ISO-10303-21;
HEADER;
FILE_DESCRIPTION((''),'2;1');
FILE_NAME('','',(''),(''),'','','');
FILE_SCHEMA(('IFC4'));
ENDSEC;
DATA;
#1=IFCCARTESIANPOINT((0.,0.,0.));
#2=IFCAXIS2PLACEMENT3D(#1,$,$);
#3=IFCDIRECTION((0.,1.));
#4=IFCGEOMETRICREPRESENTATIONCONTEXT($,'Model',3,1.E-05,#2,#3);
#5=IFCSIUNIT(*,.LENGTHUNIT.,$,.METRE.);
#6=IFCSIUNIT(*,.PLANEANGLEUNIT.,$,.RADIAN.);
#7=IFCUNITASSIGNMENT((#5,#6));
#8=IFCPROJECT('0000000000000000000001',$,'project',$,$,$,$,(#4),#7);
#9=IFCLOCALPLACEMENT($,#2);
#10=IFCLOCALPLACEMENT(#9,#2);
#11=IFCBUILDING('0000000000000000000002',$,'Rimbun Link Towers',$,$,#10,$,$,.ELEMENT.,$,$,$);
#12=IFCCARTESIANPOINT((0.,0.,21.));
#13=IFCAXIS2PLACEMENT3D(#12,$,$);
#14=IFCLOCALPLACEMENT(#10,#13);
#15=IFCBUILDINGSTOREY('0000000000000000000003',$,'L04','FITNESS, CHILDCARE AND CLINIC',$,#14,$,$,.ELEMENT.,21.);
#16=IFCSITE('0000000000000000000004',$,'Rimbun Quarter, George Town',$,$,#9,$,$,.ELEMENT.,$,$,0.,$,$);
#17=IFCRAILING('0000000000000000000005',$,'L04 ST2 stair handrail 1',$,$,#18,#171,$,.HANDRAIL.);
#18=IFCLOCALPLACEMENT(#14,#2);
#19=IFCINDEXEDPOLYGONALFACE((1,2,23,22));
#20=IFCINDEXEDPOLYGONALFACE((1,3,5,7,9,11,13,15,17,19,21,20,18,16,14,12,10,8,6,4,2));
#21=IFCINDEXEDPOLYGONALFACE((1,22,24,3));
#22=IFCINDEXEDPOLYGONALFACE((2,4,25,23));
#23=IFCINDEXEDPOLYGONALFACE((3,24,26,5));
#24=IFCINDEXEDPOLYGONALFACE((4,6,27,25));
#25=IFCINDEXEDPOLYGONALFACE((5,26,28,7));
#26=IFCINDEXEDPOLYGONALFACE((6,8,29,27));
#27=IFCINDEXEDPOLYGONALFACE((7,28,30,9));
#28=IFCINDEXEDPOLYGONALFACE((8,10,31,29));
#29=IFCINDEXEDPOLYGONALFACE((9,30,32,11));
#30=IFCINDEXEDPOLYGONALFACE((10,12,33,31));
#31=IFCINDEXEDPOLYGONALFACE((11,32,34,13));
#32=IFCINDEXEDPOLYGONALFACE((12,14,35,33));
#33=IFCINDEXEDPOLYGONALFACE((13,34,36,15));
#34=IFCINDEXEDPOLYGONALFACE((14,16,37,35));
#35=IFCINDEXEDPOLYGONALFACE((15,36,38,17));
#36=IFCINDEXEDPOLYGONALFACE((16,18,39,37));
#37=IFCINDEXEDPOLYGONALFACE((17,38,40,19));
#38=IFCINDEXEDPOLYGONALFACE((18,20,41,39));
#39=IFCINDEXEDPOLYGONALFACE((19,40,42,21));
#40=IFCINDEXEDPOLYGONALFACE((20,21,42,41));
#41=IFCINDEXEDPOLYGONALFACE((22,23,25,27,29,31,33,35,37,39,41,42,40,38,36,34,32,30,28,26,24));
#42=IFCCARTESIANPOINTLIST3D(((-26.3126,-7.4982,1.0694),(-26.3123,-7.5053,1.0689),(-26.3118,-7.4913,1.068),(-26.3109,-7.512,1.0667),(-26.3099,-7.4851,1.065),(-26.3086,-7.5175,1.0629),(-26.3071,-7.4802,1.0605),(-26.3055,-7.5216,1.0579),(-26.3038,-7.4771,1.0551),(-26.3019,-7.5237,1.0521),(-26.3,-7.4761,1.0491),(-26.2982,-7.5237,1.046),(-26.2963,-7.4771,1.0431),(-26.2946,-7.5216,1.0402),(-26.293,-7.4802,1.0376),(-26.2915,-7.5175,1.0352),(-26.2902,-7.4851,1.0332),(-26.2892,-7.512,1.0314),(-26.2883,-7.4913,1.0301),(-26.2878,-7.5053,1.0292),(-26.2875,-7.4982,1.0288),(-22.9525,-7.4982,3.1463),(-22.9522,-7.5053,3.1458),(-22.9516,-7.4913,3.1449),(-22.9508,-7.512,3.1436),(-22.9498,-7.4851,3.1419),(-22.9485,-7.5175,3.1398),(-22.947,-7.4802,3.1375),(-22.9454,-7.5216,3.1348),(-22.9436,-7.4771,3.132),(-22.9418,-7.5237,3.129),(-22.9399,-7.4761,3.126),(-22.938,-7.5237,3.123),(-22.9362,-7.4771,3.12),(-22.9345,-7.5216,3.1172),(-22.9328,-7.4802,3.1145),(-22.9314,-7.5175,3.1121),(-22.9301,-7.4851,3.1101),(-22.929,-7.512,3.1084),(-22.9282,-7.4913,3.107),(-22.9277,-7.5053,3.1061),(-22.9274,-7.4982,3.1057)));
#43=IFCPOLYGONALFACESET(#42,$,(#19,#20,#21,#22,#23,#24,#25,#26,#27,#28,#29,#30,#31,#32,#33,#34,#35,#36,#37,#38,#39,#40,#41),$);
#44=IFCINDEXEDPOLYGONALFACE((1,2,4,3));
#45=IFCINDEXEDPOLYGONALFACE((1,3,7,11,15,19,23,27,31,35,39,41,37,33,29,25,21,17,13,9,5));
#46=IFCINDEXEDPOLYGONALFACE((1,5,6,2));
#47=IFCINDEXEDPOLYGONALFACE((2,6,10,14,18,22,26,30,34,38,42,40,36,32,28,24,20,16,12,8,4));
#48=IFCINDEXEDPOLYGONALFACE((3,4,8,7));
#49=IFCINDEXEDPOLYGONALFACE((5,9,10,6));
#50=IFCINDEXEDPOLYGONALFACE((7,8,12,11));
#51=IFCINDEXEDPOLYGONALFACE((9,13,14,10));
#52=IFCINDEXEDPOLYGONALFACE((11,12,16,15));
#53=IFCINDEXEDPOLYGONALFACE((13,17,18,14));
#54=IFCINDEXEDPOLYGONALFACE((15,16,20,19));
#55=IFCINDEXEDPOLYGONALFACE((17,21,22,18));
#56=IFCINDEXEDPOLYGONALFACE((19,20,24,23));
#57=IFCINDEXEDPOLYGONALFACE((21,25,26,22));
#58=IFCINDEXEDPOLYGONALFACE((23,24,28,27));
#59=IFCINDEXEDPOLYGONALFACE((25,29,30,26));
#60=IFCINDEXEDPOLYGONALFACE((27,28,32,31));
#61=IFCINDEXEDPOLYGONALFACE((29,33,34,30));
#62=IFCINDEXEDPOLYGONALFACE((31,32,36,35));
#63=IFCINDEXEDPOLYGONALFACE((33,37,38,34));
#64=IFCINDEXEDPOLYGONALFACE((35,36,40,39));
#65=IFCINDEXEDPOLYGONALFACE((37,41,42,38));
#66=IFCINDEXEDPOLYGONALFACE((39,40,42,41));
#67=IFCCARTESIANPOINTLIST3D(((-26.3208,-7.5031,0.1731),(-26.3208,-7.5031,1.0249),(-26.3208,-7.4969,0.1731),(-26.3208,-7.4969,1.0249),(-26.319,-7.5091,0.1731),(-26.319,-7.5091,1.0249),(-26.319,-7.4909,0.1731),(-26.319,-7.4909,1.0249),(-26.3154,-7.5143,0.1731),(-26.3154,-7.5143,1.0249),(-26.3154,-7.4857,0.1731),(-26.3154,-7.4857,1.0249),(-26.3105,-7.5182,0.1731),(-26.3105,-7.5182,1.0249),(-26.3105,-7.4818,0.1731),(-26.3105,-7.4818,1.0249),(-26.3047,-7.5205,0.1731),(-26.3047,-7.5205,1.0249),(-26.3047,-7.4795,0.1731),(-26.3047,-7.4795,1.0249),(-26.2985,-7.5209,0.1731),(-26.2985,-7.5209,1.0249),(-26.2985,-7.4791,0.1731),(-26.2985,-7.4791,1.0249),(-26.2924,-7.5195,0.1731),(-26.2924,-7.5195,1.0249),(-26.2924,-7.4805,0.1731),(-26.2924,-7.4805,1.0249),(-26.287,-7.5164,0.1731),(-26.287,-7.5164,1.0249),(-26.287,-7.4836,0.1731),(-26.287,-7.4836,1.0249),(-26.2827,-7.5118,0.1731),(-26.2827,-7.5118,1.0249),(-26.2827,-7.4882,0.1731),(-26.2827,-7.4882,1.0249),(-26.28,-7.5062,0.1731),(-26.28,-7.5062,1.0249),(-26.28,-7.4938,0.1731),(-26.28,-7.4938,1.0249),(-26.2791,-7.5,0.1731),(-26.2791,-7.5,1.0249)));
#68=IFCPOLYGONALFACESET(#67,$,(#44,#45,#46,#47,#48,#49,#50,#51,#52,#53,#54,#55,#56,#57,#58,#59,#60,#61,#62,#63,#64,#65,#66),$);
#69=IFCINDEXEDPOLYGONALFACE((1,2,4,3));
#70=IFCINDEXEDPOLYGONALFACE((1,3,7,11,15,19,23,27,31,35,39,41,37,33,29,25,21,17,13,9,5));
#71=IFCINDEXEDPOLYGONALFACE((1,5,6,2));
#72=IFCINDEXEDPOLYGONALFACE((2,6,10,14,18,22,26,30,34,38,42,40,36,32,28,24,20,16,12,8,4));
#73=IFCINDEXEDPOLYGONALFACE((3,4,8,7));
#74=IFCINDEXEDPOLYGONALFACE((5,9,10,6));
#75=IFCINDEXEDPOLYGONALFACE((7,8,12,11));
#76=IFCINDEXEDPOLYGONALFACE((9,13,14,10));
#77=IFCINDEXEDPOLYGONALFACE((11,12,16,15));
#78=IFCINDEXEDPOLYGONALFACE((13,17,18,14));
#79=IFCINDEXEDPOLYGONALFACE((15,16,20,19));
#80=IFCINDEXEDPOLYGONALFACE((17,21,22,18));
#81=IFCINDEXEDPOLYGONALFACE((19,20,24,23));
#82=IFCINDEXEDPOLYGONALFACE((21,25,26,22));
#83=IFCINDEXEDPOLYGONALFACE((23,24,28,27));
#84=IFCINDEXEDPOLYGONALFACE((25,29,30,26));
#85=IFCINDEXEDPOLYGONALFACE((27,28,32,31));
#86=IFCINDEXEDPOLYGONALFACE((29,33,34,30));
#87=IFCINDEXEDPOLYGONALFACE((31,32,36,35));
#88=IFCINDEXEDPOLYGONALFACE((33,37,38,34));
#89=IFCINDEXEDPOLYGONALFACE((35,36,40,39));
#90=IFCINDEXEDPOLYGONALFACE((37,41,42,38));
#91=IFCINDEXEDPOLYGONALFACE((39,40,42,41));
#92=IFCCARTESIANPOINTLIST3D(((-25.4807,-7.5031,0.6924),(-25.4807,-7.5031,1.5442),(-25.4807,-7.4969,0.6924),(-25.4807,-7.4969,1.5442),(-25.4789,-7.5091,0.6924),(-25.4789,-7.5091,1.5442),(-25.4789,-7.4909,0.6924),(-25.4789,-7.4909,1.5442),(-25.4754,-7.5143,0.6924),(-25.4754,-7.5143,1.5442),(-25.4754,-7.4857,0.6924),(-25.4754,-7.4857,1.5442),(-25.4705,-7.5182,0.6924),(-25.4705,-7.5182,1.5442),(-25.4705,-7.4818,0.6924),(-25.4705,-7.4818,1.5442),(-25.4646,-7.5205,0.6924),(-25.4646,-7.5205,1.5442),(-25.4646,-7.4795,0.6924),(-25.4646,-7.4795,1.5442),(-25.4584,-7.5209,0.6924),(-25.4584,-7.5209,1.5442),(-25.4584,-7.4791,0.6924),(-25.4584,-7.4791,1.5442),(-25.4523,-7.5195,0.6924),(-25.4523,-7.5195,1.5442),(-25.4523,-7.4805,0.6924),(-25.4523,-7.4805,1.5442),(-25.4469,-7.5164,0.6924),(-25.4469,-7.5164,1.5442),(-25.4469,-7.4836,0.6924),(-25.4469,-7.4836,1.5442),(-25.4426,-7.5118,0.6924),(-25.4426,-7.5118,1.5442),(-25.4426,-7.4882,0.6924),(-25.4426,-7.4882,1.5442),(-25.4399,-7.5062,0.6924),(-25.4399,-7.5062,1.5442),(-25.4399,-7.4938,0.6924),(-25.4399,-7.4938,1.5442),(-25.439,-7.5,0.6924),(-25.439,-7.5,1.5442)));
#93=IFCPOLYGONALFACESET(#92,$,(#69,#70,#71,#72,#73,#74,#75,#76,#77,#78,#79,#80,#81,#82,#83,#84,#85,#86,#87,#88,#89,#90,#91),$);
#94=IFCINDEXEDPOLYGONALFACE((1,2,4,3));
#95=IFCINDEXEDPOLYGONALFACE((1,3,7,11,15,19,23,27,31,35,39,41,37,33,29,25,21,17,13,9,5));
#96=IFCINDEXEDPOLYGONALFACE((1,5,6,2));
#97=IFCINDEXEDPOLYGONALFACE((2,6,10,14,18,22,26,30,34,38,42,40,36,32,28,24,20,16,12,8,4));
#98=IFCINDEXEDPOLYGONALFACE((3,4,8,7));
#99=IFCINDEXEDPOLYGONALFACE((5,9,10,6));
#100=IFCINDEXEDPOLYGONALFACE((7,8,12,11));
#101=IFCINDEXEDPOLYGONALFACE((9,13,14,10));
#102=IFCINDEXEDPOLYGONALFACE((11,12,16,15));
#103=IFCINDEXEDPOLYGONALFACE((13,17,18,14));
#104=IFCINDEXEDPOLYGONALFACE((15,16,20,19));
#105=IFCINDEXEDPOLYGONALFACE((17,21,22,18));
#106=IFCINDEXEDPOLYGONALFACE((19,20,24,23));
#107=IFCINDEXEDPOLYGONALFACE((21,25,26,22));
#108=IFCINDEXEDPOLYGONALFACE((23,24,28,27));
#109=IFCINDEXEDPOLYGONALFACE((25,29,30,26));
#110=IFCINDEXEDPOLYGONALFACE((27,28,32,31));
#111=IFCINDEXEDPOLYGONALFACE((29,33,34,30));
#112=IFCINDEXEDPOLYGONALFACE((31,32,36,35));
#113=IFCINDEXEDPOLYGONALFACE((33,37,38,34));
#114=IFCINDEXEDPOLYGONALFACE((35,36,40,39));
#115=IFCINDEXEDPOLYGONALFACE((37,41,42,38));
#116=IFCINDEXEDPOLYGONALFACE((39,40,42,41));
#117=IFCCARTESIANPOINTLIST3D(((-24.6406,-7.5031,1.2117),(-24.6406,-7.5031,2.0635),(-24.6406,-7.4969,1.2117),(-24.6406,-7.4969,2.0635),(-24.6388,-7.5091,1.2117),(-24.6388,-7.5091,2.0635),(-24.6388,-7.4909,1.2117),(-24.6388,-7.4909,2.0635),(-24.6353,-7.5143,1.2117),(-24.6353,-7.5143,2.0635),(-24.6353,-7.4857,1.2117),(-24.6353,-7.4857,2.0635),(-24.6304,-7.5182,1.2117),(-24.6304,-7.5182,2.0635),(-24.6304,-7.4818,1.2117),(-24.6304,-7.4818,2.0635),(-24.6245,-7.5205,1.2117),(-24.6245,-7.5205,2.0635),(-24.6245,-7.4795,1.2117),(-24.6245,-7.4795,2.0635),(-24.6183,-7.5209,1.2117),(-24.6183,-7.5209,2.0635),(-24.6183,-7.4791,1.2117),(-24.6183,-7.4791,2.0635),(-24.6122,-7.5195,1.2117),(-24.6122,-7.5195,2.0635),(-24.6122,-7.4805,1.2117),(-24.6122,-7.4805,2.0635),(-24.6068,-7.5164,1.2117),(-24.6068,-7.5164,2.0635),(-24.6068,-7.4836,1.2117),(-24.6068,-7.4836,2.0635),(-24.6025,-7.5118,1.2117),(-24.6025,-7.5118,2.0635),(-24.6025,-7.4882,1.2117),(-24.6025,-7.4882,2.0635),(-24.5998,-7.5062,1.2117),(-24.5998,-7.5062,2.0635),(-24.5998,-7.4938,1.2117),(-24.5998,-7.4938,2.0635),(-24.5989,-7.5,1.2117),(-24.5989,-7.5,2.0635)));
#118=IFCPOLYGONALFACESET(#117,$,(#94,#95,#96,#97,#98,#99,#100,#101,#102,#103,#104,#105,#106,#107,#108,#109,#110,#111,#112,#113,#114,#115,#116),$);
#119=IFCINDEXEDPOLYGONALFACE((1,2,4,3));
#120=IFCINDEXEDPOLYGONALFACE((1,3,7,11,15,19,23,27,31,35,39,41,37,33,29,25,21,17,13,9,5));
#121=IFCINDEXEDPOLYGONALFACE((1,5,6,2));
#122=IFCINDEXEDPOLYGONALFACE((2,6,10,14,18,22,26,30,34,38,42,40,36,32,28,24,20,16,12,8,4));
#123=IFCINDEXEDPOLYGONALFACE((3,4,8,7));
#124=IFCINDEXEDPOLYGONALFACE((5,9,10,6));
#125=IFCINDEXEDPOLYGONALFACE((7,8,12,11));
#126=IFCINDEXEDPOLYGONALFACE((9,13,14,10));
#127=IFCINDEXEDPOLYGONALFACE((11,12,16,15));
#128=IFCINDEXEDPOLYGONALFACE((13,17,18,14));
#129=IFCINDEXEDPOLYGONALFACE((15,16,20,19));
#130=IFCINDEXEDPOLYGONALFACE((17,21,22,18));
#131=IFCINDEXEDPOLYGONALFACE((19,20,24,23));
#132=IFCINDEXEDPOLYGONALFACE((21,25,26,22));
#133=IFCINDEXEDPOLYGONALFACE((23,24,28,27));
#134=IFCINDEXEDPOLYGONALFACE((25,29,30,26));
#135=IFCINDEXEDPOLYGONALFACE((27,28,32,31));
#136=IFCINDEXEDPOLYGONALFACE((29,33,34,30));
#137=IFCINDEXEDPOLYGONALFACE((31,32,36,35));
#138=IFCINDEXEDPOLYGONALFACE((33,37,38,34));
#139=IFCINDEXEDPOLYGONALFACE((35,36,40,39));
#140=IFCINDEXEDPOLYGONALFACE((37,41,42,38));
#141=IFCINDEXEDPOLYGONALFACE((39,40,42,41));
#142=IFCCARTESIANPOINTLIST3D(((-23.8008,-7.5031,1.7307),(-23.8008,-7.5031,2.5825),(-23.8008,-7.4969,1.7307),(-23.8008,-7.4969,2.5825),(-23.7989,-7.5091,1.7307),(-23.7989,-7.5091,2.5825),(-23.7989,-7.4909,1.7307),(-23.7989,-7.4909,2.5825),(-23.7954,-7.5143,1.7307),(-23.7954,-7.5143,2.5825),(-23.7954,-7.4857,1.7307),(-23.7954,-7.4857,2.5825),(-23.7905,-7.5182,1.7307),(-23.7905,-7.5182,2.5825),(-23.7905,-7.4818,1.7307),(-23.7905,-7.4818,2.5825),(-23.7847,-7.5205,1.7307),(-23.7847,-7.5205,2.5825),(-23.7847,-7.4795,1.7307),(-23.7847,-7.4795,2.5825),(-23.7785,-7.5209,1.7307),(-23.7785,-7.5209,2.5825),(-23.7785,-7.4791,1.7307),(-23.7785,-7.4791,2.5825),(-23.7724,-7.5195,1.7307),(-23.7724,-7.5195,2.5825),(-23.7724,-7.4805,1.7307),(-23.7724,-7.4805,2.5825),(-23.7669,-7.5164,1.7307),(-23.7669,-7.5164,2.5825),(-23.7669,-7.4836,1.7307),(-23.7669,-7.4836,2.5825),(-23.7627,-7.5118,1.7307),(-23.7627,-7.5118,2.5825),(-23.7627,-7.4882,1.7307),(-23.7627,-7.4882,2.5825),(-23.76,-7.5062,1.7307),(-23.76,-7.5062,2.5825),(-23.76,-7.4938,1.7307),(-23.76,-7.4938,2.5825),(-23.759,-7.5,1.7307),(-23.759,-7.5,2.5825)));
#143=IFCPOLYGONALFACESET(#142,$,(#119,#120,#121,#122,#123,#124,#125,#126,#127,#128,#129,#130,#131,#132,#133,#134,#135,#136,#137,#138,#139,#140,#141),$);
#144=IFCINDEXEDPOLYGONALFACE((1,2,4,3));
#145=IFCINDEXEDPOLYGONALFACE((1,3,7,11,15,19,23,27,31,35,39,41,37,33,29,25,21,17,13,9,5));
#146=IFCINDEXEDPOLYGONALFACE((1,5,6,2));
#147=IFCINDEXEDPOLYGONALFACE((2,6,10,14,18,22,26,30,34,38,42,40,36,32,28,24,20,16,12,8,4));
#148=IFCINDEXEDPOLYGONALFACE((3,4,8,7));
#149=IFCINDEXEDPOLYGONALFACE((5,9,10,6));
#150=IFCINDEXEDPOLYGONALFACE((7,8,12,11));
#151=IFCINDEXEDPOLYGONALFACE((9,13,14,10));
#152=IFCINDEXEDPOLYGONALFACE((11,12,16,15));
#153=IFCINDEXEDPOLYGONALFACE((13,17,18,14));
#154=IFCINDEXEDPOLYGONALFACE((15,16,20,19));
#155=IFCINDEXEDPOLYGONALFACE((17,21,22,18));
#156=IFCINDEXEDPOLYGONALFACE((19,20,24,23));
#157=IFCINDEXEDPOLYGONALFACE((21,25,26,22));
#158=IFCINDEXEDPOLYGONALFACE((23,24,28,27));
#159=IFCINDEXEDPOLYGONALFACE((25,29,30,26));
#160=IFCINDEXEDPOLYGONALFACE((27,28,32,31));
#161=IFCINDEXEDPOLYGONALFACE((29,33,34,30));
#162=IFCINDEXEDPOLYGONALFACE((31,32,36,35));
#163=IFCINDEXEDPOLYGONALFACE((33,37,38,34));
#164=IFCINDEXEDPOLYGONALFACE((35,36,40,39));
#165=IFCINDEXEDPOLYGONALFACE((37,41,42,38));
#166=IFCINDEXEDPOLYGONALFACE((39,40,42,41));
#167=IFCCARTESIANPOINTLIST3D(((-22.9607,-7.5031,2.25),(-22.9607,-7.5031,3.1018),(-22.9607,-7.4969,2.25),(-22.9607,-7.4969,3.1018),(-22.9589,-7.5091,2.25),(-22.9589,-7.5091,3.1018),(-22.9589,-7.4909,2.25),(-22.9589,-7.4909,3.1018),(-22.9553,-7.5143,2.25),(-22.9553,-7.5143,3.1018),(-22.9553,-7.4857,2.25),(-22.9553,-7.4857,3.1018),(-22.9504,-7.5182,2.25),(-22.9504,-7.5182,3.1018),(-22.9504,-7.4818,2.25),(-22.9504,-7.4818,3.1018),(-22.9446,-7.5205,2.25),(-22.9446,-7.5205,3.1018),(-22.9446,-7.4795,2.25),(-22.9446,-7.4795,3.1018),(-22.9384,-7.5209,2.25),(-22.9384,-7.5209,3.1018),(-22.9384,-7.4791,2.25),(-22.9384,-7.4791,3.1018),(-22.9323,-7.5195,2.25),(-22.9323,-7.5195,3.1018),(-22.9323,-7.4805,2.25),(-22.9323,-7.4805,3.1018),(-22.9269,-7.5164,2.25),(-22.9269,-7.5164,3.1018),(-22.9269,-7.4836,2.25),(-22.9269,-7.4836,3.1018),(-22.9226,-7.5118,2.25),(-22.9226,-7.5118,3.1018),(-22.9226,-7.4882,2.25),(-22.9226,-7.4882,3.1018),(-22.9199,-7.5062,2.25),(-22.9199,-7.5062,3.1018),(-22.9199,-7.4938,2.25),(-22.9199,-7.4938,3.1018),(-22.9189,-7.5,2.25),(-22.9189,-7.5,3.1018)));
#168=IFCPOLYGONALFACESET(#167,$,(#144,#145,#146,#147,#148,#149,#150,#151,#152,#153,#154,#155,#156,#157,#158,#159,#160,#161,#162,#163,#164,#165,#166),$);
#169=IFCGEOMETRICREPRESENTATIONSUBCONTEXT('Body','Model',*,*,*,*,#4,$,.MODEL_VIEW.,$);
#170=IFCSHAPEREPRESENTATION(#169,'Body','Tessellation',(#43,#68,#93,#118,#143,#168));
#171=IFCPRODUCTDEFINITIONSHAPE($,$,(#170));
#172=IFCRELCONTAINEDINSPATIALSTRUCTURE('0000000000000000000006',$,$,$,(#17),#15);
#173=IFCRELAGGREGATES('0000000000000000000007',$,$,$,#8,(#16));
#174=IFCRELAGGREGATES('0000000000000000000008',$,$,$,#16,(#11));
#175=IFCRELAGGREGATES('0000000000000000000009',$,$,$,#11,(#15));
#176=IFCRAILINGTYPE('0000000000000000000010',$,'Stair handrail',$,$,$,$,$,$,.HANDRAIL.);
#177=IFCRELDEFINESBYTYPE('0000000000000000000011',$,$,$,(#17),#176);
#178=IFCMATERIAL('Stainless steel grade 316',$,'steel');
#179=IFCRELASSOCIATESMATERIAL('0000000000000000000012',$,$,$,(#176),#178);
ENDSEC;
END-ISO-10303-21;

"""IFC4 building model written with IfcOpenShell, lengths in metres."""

from ifc_helpers import new_model, si_unit, direction, frame, origin, origin_2d, place, context, subcontext, project, spatial, circle, extrude, material, type_object, element, save


model = new_model("IFC4")

# Units and contexts
model_context = context("Model", 3, precision=1e-05, world=origin(), true_north=direction((0.0, 1.0)))
body_context = subcontext(model_context, "Body", "Model", "MODEL_VIEW")
ifc_project = project(units=[si_unit("LENGTHUNIT", "METRE"), si_unit("PLANEANGLEUNIT", "RADIAN")], contexts=[model_context])

# Site, building, storey
site_placement = place(None, origin())
site = spatial("IfcSite", under=ifc_project, at=site_placement, Name="Rimbun Quarter, George Town", CompositionType="ELEMENT", RefElevation=0.0)
building_placement = place(site_placement, origin())
building = spatial("IfcBuilding", under=site, at=building_placement, Name="Rimbun Link Towers", CompositionType="ELEMENT")
storey_placement = place(building_placement, frame((0.0, 0.0, 21.0)))
storey = spatial("IfcBuildingStorey", under=building, at=storey_placement, Name="L04", Description="FITNESS, CHILDCARE AND CLINIC", CompositionType="ELEMENT", Elevation=21.0)

# Railing
ifc_material_1 = material(Name="Stainless steel grade 316", Category="steel")
railing_type_1 = type_object("IfcRailingType", Name="Stair handrail", PredefinedType="HANDRAIL", material=ifc_material_1)
railing_1_placement = place(storey_placement, frame((-26.3, -7.5, 0.1731)))
element("IfcRailing", 1, at=railing_1_placement, inside=storey, type_object=railing_type_1, Name="L04 ST2 stair handrail 1", PredefinedType="HANDRAIL", context=body_context, shape_type="SweptSolid", body=[
    extrude(circle(Radius=0.0239, at=origin_2d()), frame((0.0, 0.0, 0.876), z_axis=(0.850623, 0.0, 0.525776), x_axis=(0.0, 1.0, 0.0)), (0.0, 0.0, 1.0), 3.9502),
    extrude(circle(Radius=0.021, at=origin_2d()), origin(), (0.0, 0.0, 1.0), 0.8518),
    extrude(circle(Radius=0.021, at=origin_2d()), frame((0.8401, 0.0, 0.5193)), (0.0, 0.0, 1.0), 0.8518),
    extrude(circle(Radius=0.021, at=origin_2d()), frame((1.6802, 0.0, 1.0386)), (0.0, 0.0, 1.0), 0.8518),
    extrude(circle(Radius=0.021, at=origin_2d()), frame((2.52, 0.0, 1.5576)), (0.0, 0.0, 1.0), 0.8518),
    extrude(circle(Radius=0.021, at=origin_2d()), frame((3.3601, 0.0, 2.0769)), (0.0, 0.0, 1.0), 0.8518),
])

save(model, "model.ifc")
